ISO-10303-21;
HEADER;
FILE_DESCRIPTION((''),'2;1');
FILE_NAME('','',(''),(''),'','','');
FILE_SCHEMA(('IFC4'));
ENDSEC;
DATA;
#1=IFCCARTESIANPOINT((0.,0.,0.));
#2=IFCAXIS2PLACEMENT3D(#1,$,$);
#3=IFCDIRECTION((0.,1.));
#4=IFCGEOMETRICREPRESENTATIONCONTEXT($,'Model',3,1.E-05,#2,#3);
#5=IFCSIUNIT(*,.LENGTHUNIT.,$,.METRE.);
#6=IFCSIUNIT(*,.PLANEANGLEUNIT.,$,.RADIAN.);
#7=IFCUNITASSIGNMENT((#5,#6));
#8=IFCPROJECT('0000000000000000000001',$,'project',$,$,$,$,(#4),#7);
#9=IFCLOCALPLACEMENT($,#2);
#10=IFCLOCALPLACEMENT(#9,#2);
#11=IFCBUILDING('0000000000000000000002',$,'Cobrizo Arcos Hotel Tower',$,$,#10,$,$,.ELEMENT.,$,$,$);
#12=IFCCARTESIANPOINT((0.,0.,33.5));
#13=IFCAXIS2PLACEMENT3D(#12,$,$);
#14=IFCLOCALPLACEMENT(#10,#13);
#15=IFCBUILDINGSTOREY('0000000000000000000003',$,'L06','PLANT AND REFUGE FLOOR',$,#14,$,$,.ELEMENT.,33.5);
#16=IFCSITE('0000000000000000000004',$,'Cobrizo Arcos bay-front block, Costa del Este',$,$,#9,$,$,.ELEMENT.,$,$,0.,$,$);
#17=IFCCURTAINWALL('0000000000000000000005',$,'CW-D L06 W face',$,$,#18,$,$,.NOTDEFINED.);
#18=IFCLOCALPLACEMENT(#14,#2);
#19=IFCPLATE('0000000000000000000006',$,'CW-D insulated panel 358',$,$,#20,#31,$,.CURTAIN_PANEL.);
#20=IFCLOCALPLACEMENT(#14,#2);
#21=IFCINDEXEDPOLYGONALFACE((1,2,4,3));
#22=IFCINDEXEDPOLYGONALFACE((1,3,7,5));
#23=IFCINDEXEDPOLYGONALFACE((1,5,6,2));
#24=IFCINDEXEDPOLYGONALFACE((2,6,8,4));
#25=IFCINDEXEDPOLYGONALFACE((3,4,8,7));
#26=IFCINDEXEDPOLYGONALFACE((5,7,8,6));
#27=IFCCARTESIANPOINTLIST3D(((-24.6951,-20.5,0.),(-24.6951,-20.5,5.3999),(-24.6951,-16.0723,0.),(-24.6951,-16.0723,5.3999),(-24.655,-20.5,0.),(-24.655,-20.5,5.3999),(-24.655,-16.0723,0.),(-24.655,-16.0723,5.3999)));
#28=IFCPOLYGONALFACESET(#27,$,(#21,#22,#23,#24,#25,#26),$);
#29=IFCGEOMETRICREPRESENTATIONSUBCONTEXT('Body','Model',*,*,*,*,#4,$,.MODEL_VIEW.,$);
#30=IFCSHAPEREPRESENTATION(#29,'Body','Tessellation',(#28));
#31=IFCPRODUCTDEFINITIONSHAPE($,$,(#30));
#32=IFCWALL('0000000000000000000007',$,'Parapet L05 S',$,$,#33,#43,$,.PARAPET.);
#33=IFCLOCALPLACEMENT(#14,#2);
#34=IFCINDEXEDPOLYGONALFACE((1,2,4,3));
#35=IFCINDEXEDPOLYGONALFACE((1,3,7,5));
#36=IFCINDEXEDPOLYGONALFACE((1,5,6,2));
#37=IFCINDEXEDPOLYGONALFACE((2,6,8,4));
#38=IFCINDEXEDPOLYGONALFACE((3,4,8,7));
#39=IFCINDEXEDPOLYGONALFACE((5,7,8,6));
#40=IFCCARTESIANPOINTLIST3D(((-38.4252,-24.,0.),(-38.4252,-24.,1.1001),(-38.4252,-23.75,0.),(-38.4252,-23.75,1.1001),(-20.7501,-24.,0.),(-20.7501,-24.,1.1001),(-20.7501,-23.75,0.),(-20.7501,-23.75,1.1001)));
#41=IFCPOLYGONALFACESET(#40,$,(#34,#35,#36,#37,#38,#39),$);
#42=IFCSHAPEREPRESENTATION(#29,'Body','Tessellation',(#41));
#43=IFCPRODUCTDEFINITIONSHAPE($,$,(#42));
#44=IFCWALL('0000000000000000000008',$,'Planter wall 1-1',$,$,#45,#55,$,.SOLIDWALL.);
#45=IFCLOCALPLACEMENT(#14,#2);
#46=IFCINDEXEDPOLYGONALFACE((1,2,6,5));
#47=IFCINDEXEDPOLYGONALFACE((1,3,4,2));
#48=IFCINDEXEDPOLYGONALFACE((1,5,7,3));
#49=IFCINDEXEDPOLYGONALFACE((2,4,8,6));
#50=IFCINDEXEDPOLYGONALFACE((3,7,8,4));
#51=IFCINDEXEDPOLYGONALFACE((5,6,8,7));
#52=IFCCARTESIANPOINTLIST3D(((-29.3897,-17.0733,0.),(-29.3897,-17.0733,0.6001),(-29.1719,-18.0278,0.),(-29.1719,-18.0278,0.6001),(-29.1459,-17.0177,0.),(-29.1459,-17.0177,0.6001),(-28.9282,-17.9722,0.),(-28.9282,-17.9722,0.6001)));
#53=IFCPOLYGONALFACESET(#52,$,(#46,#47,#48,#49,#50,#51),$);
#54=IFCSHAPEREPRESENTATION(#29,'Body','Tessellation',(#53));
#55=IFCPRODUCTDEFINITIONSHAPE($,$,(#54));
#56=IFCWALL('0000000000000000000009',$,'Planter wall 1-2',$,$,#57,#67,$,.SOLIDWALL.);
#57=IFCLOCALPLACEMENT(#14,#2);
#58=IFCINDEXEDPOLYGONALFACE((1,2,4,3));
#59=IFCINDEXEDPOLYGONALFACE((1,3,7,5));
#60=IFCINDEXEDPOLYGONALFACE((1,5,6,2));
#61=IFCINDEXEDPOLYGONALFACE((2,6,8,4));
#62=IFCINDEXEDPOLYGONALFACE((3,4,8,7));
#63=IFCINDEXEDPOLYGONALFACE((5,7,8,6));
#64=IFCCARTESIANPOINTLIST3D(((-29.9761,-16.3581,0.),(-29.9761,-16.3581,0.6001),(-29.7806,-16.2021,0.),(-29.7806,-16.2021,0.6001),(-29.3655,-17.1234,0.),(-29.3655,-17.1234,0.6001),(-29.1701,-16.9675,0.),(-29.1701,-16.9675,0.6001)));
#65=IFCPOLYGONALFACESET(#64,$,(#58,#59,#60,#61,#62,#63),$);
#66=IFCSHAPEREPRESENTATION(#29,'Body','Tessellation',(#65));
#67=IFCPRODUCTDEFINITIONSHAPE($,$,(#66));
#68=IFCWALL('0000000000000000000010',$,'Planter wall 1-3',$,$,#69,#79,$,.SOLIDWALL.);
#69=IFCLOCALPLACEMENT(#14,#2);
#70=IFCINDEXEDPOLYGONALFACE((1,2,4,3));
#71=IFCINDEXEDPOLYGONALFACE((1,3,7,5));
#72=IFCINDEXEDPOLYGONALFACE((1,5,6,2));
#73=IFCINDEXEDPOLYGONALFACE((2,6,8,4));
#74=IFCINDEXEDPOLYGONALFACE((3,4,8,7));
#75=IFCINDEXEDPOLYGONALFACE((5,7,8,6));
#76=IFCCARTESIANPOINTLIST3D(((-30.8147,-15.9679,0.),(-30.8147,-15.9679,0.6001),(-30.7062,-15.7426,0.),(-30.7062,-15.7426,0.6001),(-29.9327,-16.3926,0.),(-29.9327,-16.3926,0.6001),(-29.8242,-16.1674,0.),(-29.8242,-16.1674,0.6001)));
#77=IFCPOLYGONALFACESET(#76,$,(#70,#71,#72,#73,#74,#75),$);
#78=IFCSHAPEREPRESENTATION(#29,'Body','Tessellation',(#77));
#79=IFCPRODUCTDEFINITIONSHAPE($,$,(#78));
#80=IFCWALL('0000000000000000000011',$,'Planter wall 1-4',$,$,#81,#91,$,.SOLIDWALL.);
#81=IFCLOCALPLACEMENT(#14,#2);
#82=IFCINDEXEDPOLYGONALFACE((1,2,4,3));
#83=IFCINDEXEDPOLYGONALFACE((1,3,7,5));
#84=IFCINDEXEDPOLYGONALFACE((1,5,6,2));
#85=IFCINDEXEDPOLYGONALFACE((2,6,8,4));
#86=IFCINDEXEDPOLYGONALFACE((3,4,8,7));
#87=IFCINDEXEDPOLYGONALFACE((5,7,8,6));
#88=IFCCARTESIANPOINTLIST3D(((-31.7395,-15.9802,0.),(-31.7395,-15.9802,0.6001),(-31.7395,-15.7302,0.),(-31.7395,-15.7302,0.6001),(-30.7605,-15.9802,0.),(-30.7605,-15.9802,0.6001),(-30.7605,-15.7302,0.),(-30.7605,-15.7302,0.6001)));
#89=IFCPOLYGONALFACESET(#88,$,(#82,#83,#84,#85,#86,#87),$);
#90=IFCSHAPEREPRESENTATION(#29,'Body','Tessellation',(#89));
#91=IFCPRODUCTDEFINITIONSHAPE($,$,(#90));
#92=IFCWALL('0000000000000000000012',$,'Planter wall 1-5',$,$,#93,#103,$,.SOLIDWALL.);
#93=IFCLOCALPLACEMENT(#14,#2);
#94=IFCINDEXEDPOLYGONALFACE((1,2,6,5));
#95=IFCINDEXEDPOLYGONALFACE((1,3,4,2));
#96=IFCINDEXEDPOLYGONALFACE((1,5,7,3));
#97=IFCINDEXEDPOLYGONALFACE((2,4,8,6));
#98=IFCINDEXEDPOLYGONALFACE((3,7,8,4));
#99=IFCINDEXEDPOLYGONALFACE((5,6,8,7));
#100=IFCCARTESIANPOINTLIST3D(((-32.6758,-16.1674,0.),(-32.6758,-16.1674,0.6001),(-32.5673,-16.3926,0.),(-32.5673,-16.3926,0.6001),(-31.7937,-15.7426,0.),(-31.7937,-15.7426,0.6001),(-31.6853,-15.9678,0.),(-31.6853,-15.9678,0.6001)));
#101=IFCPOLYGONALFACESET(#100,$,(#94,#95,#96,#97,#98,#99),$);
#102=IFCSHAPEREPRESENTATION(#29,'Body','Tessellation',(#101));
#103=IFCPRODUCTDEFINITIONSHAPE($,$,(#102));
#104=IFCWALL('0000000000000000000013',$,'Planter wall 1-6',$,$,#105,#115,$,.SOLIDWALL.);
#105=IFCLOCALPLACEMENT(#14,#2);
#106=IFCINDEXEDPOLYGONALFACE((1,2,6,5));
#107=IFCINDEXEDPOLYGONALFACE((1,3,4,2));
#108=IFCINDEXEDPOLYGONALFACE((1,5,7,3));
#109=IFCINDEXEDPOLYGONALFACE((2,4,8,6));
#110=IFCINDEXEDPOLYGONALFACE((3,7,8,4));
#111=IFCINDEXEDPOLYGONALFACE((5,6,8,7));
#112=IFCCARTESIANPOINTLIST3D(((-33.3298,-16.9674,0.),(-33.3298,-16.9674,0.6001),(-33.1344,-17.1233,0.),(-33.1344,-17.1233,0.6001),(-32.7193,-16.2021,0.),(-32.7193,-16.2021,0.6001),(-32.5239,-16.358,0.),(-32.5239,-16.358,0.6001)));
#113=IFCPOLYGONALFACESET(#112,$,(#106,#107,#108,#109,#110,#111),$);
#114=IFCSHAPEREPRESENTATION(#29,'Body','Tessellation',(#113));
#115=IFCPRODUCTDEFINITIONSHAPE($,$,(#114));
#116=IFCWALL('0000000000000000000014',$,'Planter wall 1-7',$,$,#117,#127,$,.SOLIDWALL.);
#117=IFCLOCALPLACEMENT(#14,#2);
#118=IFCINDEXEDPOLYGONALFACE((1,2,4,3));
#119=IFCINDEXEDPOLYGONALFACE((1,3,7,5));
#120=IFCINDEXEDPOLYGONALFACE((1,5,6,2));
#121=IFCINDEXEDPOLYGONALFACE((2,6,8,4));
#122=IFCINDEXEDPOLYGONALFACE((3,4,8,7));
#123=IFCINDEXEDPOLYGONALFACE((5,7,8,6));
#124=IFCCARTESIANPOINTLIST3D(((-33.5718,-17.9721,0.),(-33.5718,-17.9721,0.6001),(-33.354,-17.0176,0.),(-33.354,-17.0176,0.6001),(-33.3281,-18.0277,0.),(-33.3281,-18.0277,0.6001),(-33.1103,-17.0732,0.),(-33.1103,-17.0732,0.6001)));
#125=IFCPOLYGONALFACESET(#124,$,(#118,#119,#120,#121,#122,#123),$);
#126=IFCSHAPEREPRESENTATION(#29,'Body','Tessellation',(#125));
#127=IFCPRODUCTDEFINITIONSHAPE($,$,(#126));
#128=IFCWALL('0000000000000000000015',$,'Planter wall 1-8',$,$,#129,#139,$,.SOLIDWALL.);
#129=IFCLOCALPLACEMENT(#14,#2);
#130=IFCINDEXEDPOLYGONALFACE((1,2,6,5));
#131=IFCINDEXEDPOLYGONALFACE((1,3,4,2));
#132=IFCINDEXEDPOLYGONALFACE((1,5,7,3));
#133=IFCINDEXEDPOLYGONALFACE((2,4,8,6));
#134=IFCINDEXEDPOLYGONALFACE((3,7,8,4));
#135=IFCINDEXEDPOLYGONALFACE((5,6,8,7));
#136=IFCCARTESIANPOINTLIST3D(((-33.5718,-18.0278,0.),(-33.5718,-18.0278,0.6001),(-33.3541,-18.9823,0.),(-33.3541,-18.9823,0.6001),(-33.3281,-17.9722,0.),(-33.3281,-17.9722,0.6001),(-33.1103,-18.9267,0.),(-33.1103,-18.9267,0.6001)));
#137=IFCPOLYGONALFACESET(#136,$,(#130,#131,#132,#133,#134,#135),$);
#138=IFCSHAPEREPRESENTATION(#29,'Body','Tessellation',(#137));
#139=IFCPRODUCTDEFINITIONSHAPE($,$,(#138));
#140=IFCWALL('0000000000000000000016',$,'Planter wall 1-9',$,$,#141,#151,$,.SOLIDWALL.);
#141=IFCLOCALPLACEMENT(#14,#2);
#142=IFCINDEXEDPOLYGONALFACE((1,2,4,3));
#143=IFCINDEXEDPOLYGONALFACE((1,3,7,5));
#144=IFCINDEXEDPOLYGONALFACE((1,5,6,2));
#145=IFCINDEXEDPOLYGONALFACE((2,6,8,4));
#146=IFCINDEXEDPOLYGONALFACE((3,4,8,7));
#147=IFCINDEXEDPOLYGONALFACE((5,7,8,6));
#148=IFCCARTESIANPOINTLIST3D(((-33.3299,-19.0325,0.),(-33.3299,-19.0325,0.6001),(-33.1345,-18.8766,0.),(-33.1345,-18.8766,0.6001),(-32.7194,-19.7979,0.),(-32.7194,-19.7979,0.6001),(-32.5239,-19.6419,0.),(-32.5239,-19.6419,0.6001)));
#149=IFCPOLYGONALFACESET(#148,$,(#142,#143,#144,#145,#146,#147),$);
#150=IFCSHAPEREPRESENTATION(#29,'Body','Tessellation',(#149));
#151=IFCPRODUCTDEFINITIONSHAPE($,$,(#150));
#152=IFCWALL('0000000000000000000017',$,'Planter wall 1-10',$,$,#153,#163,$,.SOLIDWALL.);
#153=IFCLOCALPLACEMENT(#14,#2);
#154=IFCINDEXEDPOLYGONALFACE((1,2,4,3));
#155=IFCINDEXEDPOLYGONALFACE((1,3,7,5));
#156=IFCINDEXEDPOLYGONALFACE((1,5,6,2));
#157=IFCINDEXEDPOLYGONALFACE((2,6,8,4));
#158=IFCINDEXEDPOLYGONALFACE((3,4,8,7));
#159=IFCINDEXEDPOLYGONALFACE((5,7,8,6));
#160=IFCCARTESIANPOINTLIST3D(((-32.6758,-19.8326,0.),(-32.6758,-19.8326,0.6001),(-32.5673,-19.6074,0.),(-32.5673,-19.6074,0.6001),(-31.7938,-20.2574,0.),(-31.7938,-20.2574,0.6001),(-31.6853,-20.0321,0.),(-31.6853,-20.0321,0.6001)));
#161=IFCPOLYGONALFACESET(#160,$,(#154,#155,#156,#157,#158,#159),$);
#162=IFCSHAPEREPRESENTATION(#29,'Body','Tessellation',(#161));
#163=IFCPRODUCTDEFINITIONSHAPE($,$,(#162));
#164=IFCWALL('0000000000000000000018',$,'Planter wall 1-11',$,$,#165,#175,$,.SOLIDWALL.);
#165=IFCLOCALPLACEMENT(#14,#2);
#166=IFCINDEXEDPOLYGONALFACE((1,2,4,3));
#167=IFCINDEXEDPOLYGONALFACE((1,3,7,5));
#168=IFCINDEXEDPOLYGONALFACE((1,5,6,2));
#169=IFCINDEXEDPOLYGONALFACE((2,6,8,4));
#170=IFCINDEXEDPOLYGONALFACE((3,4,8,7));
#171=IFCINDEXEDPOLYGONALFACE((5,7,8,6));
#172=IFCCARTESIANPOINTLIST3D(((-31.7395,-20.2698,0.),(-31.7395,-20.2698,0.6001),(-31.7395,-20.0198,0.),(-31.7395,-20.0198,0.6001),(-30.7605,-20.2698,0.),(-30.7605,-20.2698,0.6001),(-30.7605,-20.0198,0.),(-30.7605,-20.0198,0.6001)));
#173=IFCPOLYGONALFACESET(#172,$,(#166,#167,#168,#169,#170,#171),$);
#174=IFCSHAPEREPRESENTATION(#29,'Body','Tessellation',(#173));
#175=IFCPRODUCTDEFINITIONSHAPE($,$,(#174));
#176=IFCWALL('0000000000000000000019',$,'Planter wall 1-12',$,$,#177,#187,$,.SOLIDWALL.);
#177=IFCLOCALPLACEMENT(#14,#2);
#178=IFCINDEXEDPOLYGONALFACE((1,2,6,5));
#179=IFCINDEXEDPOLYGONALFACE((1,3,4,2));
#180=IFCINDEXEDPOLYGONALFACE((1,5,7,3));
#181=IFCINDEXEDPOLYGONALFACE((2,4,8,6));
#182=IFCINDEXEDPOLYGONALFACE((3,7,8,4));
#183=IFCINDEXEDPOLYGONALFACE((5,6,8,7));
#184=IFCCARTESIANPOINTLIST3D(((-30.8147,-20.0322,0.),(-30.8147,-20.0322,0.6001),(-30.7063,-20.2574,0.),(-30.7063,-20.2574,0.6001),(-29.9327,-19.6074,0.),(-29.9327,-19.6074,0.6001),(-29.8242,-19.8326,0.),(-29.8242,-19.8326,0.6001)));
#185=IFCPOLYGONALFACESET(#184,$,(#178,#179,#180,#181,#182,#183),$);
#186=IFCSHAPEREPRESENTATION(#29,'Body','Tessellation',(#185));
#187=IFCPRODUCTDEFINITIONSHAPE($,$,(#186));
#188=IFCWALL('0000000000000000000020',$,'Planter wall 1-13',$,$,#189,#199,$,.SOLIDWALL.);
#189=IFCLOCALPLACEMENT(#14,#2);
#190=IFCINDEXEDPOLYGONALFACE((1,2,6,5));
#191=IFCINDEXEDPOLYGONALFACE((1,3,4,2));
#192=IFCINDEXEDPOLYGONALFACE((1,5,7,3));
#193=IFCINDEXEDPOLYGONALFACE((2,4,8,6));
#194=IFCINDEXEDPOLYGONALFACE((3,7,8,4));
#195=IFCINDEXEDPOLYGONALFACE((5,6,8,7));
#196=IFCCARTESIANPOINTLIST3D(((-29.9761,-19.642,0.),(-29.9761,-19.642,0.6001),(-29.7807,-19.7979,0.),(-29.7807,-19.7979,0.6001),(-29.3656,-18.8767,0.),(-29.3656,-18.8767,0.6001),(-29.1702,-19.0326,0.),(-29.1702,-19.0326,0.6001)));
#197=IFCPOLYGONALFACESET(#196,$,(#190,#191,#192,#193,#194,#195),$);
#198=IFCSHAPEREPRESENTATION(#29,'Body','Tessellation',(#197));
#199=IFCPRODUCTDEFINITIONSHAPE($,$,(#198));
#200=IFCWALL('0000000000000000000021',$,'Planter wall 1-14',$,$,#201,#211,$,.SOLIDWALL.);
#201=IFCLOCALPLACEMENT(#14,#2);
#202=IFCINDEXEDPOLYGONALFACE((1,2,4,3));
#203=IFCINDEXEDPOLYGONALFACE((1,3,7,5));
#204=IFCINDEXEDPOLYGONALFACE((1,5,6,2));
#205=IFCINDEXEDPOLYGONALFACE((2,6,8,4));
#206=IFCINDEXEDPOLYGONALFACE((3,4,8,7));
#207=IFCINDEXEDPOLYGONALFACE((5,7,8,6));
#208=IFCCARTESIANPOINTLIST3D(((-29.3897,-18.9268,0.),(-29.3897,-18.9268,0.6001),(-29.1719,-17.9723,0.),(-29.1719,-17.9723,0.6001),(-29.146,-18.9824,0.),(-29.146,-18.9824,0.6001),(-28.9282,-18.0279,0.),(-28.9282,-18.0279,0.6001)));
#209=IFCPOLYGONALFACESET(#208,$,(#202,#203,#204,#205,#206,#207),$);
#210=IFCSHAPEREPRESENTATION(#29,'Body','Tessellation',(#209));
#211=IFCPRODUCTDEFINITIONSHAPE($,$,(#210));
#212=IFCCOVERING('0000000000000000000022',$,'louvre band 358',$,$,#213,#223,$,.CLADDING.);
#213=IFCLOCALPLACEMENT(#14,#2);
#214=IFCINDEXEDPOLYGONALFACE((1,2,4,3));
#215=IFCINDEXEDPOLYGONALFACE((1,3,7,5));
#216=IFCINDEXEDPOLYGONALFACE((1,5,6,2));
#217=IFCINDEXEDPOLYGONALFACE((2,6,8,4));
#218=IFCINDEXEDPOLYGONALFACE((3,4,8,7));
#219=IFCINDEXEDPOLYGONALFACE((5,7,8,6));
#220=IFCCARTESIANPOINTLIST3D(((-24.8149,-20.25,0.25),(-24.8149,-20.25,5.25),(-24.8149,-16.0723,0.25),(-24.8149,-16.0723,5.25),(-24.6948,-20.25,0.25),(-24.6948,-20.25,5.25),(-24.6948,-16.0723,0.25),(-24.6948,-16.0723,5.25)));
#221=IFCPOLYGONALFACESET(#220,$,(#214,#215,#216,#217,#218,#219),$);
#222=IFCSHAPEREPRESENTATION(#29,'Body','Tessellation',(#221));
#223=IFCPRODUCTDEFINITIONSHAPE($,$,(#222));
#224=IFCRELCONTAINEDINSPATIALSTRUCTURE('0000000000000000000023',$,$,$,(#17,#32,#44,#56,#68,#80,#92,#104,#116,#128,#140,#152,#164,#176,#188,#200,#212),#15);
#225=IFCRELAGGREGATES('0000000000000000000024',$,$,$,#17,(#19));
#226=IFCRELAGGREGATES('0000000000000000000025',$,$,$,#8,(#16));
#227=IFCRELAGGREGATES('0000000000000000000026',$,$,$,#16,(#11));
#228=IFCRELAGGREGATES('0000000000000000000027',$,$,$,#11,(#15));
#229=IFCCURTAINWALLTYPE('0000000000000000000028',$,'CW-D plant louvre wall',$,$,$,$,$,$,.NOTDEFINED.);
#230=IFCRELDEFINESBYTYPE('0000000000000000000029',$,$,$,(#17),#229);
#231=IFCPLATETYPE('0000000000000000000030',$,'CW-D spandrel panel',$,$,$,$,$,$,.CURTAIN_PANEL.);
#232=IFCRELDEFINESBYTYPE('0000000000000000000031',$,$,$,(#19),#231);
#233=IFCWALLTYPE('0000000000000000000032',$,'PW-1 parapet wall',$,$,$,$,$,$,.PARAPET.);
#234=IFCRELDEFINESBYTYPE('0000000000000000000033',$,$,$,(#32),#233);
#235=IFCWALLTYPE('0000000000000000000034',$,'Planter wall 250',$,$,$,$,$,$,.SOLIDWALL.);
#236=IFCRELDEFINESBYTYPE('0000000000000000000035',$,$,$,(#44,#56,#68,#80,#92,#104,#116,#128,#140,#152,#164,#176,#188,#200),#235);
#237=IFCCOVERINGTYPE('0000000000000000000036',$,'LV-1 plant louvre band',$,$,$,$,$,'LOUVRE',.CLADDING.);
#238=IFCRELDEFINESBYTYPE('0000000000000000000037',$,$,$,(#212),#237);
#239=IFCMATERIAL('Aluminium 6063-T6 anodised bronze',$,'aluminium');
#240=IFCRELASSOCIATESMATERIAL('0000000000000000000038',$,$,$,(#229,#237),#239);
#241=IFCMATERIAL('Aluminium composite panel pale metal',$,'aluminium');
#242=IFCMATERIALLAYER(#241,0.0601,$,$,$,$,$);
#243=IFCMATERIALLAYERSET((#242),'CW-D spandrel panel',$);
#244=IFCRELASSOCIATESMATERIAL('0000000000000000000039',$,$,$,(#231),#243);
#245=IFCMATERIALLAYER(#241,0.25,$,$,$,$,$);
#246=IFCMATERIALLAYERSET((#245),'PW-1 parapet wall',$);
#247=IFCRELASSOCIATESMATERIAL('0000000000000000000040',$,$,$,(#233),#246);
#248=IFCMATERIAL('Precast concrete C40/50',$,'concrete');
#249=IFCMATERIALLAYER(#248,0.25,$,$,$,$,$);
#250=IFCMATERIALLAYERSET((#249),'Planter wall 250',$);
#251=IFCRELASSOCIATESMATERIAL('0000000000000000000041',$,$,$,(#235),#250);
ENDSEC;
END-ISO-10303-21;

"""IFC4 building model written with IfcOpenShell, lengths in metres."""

from ifc_helpers import new_model, si_unit, direction, frame, frame_2d, origin, origin_2d, place, context, subcontext, project, spatial, rectangle, extrude, material, layer, layer_set, type_object, element, aggregate, save


model = new_model("IFC4")

# Units and contexts
model_context = context("Model", 3, precision=1e-05, world=origin(), true_north=direction((0.0, 1.0)))
body_context = subcontext(model_context, "Body", "Model", "MODEL_VIEW")
ifc_project = project(units=[si_unit("LENGTHUNIT", "METRE"), si_unit("PLANEANGLEUNIT", "RADIAN")], contexts=[model_context])

# Site, building, storey
site_placement = place(None, origin())
site = spatial("IfcSite", under=ifc_project, at=site_placement, Name="Cobrizo Arcos bay-front block, Costa del Este", CompositionType="ELEMENT", RefElevation=0.0)
building_placement = place(site_placement, origin())
building = spatial("IfcBuilding", under=site, at=building_placement, Name="Cobrizo Arcos Hotel Tower", CompositionType="ELEMENT")
storey_placement = place(building_placement, frame((0.0, 0.0, 33.5)))
storey = spatial("IfcBuildingStorey", under=building, at=storey_placement, Name="L06", Description="PLANT AND REFUGE FLOOR", CompositionType="ELEMENT", Elevation=33.5)

# Curtain wall
ifc_material_1 = material(Name="Aluminium 6063-T6 anodised bronze", Category="aluminium")
curtain_wall_type = type_object("IfcCurtainWallType", Name="CW-D plant louvre wall", PredefinedType="NOTDEFINED", material=ifc_material_1)
curtain_wall_1_placement = place(storey_placement, origin())
curtain_wall_1 = element("IfcCurtainWall", 1, at=curtain_wall_1_placement, inside=storey, type_object=curtain_wall_type, Name="CW-D L06 W face", PredefinedType="NOTDEFINED")

# Plate
ifc_material_2 = material(Name="Aluminium composite panel pale metal", Category="aluminium")
ifc_layer_1 = layer(ifc_material_2, 0.0601)
ifc_layer_set_1 = layer_set([ifc_layer_1], Name="CW-D spandrel panel")
plate_type = type_object("IfcPlateType", Name="CW-D spandrel panel", PredefinedType="CURTAIN_PANEL", material=ifc_layer_set_1)
plate_placement = place(storey_placement, frame((-24.675, -18.2861, 0.0), z_axis=(0.0, 0.0, 1.0), x_axis=(0.0, -1.0, 0.0)))
plate = element("IfcPlate", 2, at=plate_placement, type_object=plate_type, Name="CW-D insulated panel 358", PredefinedType="CURTAIN_PANEL", context=body_context, shape_type="SweptSolid", body=[
    extrude(rectangle(XDim=4.4277, YDim=0.04, at=origin_2d()), origin(), (0.0, 0.0, 1.0), 5.3999),
])
aggregate(curtain_wall_1, [plate])

# Walls
ifc_layer_2 = layer(ifc_material_2, 0.25)
ifc_layer_set_2 = layer_set([ifc_layer_2], Name="PW-1 parapet wall")
wall_type_1 = type_object("IfcWallType", Name="PW-1 parapet wall", PredefinedType="PARAPET", material=ifc_layer_set_2)
wall_placement = place(storey_placement, frame((-38.425, -23.875, 0.0), z_axis=(0.0, 0.0, 1.0), x_axis=(1.0, 0.0, 0.0)))
element("IfcWall", 3, at=wall_placement, inside=storey, type_object=wall_type_1, Name="Parapet L05 S", PredefinedType="PARAPET", context=body_context, shape_type="SweptSolid", body=[
    extrude(rectangle(XDim=17.675, YDim=0.25, at=frame_2d((8.8374, 0.0))), origin(), (0.0, 0.0, 1.0), 1.1001),
])
ifc_material_3 = material(Name="Precast concrete C40/50", Category="concrete")
ifc_layer_3 = layer(ifc_material_3, 0.25)
ifc_layer_set_3 = layer_set([ifc_layer_3], Name="Planter wall 250")
wall_type_2 = type_object("IfcWallType", Name="Planter wall 250", PredefinedType="SOLIDWALL", material=ifc_layer_set_3)
for number, where, z_axis, x_axis, name in (
    (4, (-29.05, -18.0, 0.0), (0.0, 0.0, 1.0), (-0.222419, 0.974951, 0.0), "Planter wall 1-1"),
    (5, (-29.2678, -17.0454, 0.0), (0.0, 0.0, 1.0), (-0.62363, 0.78172, 0.0), "Planter wall 1-2"),
    (6, (-29.8784, -16.28, 0.0), (0.0, 0.0, 1.0), (-0.900962, 0.433898, 0.0), "Planter wall 1-3"),
    (7, (-30.7605, -15.8552, 0.0), (0.0, 0.0, 1.0), (-1.0, 0.0, 0.0), "Planter wall 1-4"),
    (8, (-31.7395, -15.8552, 0.0), (0.0, 0.0, 1.0), (-0.900962, -0.433898, 0.0), "Planter wall 1-5"),
    (9, (-32.6216, -16.28, 0.0), (0.0, 0.0, 1.0), (-0.62363, -0.78172, 0.0), "Planter wall 1-6"),
    (10, (-33.2322, -17.0454, 0.0), (0.0, 0.0, 1.0), (-0.222419, -0.974951, 0.0), "Planter wall 1-7"),
    (11, (-33.45, -18.0, 0.0), (0.0, 0.0, 1.0), (0.222419, -0.974951, 0.0), "Planter wall 1-8"),
    (12, (-33.2322, -18.9546, 0.0), (0.0, 0.0, 1.0), (0.62363, -0.78172, 0.0), "Planter wall 1-9"),
    (13, (-32.6216, -19.72, 0.0), (0.0, 0.0, 1.0), (0.900962, -0.433898, 0.0), "Planter wall 1-10"),
    (14, (-31.7395, -20.1448, 0.0), (0.0, 0.0, 1.0), (1.0, 0.0, 0.0), "Planter wall 1-11"),
    (15, (-30.7605, -20.1448, 0.0), (0.0, 0.0, 1.0), (0.900962, 0.433898, 0.0), "Planter wall 1-12"),
    (16, (-29.8784, -19.72, 0.0), (0.0, 0.0, 1.0), (0.62363, 0.78172, 0.0), "Planter wall 1-13"),
    (17, (-29.2678, -18.9546, 0.0), (0.0, 0.0, 1.0), (0.222419, 0.974951, 0.0), "Planter wall 1-14"),
):
    element("IfcWall", number, at=place(storey_placement, frame(where, z_axis=z_axis, x_axis=x_axis)), inside=storey, type_object=wall_type_2, Name=name, PredefinedType="SOLIDWALL", context=body_context, shape_type="SweptSolid", body=[
        extrude(rectangle(XDim=0.979, YDim=0.25, at=frame_2d((0.4895, 0.0))), origin(), (0.0, 0.0, 1.0), 0.6001),
    ])

# Covering
covering_type = type_object("IfcCoveringType", Name="LV-1 plant louvre band", ElementType="LOUVRE", PredefinedType="CLADDING", material=ifc_material_1)
covering_placement = place(storey_placement, frame((-24.7549, -18.1611, 0.25), z_axis=(0.0, 0.0, 1.0), x_axis=(0.0, -1.0, 0.0)))
element("IfcCovering", 18, at=covering_placement, inside=storey, type_object=covering_type, Name="louvre band 358", PredefinedType="CLADDING", context=body_context, shape_type="SweptSolid", body=[
    extrude(rectangle(XDim=4.1777, YDim=0.1201, at=origin_2d()), origin(), (0.0, 0.0, 1.0), 5.0),
])

save(model, "model.ifc")
